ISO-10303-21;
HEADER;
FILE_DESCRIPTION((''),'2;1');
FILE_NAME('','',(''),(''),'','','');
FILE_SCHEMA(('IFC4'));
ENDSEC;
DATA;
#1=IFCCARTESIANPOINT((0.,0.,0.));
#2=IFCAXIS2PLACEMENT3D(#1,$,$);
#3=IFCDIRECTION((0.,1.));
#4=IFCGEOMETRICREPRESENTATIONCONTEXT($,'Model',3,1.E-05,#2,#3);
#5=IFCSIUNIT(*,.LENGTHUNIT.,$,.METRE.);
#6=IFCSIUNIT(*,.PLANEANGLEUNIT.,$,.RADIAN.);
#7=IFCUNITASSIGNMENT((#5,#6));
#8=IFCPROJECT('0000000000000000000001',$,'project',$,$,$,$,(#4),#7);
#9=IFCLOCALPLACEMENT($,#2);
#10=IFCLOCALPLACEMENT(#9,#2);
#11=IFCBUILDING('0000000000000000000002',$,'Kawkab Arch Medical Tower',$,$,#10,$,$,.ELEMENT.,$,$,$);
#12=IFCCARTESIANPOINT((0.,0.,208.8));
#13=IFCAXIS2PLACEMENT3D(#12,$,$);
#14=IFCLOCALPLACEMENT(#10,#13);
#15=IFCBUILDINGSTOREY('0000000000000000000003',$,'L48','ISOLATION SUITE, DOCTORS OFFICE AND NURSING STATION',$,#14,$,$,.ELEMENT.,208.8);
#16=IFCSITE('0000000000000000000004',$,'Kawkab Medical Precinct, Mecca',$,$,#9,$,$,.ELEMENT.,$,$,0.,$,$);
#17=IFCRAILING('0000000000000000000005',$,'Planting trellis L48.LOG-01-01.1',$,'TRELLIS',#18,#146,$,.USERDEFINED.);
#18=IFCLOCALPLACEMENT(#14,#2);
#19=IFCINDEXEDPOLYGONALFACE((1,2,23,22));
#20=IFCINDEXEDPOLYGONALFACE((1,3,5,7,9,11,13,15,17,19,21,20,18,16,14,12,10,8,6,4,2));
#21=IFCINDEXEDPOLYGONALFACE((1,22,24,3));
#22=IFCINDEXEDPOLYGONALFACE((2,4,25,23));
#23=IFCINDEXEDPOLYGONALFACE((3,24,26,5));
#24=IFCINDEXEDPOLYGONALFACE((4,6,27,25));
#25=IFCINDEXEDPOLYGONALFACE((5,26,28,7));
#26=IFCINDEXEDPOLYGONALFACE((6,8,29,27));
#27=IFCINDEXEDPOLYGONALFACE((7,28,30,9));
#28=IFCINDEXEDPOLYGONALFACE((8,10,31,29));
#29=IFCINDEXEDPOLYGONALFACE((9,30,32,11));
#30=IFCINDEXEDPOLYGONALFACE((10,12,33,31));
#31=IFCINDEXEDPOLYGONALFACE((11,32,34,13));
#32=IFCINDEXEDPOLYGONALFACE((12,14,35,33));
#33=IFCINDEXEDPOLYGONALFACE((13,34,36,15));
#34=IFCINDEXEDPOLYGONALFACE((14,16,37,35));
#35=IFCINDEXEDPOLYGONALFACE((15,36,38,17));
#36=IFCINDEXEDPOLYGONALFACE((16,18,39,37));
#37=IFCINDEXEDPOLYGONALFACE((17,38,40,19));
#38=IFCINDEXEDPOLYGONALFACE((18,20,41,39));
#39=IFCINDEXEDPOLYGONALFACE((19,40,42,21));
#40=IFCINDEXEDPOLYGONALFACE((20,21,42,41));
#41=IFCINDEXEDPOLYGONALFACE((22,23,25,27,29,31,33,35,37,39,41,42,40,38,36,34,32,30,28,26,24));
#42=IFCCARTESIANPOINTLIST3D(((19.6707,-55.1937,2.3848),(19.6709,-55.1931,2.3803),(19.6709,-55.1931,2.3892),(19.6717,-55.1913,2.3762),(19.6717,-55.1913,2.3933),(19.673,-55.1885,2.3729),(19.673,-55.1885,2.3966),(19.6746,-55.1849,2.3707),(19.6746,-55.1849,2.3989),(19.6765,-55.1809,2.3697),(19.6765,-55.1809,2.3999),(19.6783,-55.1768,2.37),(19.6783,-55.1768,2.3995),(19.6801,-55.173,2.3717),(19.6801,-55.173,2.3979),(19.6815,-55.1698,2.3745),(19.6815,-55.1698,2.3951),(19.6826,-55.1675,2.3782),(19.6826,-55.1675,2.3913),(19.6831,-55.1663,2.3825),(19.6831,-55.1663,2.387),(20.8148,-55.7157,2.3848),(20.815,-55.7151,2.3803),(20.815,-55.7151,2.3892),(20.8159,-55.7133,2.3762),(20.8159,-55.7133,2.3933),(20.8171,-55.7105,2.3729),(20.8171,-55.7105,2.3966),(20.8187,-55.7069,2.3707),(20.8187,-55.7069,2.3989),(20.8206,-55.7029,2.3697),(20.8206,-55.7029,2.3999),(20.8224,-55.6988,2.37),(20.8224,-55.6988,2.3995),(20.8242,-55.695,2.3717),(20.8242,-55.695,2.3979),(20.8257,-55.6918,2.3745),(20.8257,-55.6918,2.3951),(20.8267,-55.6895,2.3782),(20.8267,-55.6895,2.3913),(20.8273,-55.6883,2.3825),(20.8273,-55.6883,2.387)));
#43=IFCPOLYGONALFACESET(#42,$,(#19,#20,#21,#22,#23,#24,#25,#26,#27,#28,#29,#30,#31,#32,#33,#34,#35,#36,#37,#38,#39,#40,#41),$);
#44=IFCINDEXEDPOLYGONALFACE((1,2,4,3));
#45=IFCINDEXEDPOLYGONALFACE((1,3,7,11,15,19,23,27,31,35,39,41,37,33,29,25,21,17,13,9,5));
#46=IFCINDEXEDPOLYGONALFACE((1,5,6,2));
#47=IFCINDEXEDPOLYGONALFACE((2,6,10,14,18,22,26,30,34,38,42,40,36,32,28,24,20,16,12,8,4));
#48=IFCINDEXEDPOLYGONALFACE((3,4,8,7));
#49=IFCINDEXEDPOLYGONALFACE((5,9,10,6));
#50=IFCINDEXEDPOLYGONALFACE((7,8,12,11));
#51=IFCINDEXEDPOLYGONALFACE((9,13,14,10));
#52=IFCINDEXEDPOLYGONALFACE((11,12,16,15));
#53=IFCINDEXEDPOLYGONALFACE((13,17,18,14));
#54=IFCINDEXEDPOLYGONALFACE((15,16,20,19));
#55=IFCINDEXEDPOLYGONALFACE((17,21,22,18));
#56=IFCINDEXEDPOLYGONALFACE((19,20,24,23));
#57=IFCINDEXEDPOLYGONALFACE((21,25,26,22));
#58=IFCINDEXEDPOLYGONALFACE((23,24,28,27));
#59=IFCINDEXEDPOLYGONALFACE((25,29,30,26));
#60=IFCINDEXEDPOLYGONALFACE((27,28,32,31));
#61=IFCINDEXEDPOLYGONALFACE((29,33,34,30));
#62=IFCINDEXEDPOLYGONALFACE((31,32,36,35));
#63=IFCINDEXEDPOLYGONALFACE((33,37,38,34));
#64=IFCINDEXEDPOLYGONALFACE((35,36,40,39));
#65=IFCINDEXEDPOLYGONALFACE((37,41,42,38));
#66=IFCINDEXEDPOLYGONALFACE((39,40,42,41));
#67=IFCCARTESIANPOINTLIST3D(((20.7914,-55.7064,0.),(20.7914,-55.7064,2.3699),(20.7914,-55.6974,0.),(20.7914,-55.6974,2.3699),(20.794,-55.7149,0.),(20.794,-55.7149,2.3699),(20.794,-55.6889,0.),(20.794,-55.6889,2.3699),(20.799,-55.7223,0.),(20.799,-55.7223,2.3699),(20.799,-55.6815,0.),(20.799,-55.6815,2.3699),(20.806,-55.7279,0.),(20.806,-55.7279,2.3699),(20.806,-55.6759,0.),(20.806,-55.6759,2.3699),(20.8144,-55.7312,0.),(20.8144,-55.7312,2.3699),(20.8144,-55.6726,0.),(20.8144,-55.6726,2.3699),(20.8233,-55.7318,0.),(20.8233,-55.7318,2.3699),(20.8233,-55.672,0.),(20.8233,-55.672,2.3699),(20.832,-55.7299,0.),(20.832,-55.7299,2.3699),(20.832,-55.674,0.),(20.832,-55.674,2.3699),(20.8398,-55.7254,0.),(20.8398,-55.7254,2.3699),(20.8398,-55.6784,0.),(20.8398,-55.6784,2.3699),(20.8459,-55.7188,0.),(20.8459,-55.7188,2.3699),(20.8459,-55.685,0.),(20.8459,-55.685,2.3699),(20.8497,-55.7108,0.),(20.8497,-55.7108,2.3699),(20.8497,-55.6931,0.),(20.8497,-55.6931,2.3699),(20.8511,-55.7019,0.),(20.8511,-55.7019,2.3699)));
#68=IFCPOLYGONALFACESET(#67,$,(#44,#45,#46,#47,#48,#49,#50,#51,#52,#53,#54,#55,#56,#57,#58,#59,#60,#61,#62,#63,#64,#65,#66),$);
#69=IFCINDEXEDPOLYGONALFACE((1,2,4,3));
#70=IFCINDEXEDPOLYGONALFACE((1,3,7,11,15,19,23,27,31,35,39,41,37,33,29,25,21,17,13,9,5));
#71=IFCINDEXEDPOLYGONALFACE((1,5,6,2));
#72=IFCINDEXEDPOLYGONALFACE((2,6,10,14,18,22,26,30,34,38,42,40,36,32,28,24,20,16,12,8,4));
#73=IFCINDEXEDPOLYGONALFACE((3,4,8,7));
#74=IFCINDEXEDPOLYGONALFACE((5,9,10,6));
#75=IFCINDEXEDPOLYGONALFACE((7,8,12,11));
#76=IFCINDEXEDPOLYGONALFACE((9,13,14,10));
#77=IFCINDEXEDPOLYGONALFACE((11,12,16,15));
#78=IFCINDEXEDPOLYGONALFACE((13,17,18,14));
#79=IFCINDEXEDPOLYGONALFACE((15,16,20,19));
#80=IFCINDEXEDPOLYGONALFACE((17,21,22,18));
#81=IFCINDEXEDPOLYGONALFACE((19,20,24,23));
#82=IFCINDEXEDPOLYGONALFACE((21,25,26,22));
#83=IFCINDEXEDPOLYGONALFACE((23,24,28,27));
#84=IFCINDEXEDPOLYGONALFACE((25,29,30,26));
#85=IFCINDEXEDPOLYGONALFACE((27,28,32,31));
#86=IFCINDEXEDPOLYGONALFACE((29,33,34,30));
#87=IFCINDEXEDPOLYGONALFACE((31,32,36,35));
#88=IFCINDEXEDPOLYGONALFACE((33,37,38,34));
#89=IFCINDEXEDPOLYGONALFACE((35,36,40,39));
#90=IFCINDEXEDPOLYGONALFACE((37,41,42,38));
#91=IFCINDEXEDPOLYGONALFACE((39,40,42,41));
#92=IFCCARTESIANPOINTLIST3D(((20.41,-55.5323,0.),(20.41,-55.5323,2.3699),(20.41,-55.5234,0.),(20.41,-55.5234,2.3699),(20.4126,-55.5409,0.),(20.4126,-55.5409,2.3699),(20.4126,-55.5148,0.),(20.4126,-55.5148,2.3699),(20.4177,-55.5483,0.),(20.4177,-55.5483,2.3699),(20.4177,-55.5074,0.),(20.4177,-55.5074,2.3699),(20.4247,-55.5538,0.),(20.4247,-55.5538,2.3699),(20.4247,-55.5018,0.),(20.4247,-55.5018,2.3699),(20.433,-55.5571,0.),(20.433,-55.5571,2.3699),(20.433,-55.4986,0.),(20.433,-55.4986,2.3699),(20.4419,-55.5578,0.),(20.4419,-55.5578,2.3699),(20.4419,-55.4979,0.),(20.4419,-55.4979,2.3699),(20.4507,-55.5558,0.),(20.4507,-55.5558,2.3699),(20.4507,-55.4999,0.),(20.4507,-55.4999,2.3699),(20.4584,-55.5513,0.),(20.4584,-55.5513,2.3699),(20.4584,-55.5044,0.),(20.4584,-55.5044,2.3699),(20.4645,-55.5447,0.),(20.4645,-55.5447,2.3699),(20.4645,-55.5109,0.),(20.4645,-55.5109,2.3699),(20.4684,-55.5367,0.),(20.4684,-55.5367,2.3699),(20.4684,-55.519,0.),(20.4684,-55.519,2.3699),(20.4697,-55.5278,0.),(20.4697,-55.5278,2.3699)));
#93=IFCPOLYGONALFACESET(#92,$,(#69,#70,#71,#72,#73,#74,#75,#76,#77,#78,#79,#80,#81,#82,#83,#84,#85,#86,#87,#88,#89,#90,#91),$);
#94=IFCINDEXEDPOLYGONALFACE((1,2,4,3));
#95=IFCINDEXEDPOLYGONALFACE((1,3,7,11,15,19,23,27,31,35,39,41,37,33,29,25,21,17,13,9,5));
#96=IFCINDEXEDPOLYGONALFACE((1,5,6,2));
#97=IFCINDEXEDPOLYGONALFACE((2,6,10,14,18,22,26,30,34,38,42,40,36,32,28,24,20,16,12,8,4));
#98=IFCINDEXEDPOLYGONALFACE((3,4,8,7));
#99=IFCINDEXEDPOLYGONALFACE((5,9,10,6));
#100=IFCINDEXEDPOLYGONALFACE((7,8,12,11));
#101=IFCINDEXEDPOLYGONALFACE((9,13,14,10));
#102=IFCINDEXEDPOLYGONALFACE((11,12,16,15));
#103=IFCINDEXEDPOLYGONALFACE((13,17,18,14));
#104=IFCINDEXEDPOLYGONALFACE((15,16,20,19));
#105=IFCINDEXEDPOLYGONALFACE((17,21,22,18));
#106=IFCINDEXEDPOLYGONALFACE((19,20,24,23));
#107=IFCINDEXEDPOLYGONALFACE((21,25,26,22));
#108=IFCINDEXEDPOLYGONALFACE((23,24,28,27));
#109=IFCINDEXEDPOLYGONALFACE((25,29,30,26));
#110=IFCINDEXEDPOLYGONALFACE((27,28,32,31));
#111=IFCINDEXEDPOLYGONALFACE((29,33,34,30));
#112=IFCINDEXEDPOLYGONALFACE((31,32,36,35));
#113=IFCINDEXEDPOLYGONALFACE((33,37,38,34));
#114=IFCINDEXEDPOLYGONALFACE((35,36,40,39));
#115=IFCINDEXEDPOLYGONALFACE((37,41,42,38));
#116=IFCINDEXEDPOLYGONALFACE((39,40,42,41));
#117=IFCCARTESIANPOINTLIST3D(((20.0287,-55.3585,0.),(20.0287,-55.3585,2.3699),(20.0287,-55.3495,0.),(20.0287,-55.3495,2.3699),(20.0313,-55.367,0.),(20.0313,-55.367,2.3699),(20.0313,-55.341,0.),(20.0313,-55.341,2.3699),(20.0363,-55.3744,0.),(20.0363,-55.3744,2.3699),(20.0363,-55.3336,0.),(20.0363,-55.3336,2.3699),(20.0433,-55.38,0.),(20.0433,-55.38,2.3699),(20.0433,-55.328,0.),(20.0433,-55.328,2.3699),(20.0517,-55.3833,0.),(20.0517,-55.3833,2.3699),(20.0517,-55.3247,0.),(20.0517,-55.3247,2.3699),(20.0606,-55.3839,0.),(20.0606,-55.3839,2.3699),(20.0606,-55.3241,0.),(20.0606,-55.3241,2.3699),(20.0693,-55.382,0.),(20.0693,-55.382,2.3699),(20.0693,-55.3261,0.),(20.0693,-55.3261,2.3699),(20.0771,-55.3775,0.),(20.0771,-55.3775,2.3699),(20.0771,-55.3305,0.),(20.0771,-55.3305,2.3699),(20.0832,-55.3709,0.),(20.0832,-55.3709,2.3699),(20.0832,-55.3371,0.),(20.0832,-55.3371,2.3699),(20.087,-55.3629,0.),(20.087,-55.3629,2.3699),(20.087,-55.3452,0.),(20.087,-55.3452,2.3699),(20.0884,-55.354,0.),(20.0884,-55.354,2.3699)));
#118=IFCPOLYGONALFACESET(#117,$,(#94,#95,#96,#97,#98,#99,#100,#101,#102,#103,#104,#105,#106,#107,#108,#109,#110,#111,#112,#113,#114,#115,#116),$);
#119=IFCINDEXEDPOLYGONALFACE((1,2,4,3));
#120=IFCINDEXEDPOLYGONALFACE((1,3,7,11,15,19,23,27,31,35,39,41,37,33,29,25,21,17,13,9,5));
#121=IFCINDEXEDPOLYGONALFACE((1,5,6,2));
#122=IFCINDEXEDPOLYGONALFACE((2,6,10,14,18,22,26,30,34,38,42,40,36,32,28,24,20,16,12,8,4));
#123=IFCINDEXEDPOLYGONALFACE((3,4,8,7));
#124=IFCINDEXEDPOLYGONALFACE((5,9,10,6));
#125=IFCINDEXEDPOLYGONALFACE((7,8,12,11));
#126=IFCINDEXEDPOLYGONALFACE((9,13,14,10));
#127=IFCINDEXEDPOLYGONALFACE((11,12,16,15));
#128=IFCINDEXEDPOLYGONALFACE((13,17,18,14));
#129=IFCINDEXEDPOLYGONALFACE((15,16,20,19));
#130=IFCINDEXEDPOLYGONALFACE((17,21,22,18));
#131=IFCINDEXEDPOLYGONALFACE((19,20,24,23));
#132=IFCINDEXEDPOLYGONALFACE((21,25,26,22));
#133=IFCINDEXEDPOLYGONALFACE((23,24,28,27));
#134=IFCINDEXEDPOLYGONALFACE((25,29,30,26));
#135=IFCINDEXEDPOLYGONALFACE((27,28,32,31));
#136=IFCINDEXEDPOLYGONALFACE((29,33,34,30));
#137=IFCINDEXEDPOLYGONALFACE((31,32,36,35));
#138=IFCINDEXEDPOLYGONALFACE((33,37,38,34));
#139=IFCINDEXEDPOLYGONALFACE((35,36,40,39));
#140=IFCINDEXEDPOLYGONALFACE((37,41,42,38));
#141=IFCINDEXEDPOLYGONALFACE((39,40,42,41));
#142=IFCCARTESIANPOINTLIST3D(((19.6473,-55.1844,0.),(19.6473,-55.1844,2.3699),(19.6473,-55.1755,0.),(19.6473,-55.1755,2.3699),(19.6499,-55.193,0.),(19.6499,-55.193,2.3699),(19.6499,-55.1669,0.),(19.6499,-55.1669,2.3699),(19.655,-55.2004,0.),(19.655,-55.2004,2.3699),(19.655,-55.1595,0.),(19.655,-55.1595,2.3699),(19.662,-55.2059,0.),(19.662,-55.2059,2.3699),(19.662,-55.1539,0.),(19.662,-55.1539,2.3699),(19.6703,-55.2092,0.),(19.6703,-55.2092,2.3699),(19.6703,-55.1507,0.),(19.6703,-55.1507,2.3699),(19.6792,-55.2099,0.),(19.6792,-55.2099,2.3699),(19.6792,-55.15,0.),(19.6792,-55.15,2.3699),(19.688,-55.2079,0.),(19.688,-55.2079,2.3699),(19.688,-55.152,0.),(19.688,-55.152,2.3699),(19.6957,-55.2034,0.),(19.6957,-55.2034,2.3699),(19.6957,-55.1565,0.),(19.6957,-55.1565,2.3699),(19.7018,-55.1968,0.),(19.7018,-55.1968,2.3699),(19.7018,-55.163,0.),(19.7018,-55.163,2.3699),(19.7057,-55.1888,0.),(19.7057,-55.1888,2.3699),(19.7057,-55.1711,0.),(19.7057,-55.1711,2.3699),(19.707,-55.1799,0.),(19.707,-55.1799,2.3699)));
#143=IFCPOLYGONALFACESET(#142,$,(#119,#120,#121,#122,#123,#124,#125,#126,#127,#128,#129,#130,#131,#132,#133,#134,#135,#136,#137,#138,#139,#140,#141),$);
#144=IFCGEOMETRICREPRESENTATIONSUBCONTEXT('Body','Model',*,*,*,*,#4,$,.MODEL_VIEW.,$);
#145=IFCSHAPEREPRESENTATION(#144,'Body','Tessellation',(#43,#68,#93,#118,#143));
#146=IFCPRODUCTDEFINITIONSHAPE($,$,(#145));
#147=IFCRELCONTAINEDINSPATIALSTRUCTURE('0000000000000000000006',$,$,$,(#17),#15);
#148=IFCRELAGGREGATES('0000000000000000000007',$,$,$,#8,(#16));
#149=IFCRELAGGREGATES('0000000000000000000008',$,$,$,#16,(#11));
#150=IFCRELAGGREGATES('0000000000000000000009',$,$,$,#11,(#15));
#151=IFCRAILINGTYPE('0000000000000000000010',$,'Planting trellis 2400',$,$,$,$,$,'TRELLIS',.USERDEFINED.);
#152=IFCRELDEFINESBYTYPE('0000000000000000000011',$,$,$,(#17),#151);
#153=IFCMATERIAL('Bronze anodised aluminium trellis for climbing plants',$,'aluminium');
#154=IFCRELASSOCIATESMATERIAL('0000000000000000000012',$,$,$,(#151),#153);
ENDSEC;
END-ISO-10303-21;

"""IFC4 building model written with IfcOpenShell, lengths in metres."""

from ifc_helpers import new_model, si_unit, direction, frame, origin, origin_2d, place, context, subcontext, project, spatial, circle, extrude, material, type_object, element, save


model = new_model("IFC4")

# Units and contexts
model_context = context("Model", 3, precision=1e-05, world=origin(), true_north=direction((0.0, 1.0)))
body_context = subcontext(model_context, "Body", "Model", "MODEL_VIEW")
ifc_project = project(units=[si_unit("LENGTHUNIT", "METRE"), si_unit("PLANEANGLEUNIT", "RADIAN")], contexts=[model_context])

# Site, building, storey
site_placement = place(None, origin())
site = spatial("IfcSite", under=ifc_project, at=site_placement, Name="Kawkab Medical Precinct, Mecca", CompositionType="ELEMENT", RefElevation=0.0)
building_placement = place(site_placement, origin())
building = spatial("IfcBuilding", under=site, at=building_placement, Name="Kawkab Arch Medical Tower", CompositionType="ELEMENT")
storey_placement = place(building_placement, frame((0.0, 0.0, 208.8)))
storey = spatial("IfcBuildingStorey", under=building, at=storey_placement, Name="L48", Description="ISOLATION SUITE, DOCTORS OFFICE AND NURSING STATION", CompositionType="ELEMENT", Elevation=208.8)

# Railing
ifc_material_1 = material(Name="Bronze anodised aluminium trellis for climbing plants", Category="aluminium")
railing_type_1 = type_object("IfcRailingType", Name="Planting trellis 2400", ElementType="TRELLIS", PredefinedType="USERDEFINED", material=ifc_material_1)
railing_1_placement = place(storey_placement, frame((20.821, -55.7019, 0.0)))
element("IfcRailing", 1, at=railing_1_placement, inside=storey, type_object=railing_type_1, Name="Planting trellis L48.LOG-01-01.1", ObjectType="TRELLIS", PredefinedType="USERDEFINED", context=body_context, shape_type="SweptSolid", body=[
    extrude(circle(Radius=0.0151, at=origin_2d()), frame((0.0, 0.0, 2.3848), z_axis=(-0.90978, 0.41509, 0.0), x_axis=(-0.41509, -0.90978, 0.0)), (0.0, 0.0, 1.0), 1.2576),
    extrude(circle(Radius=0.03, at=origin_2d()), origin(), (0.0, 0.0, 1.0), 2.3699),
    extrude(circle(Radius=0.03, at=origin_2d()), frame((-0.3813, 0.1741, 0.0)), (0.0, 0.0, 1.0), 2.3699),
    extrude(circle(Radius=0.03, at=origin_2d()), frame((-0.7627, 0.3479, 0.0)), (0.0, 0.0, 1.0), 2.3699),
    extrude(circle(Radius=0.03, at=origin_2d()), frame((-1.144, 0.522, 0.0)), (0.0, 0.0, 1.0), 2.3699),
])

save(model, "model.ifc")
